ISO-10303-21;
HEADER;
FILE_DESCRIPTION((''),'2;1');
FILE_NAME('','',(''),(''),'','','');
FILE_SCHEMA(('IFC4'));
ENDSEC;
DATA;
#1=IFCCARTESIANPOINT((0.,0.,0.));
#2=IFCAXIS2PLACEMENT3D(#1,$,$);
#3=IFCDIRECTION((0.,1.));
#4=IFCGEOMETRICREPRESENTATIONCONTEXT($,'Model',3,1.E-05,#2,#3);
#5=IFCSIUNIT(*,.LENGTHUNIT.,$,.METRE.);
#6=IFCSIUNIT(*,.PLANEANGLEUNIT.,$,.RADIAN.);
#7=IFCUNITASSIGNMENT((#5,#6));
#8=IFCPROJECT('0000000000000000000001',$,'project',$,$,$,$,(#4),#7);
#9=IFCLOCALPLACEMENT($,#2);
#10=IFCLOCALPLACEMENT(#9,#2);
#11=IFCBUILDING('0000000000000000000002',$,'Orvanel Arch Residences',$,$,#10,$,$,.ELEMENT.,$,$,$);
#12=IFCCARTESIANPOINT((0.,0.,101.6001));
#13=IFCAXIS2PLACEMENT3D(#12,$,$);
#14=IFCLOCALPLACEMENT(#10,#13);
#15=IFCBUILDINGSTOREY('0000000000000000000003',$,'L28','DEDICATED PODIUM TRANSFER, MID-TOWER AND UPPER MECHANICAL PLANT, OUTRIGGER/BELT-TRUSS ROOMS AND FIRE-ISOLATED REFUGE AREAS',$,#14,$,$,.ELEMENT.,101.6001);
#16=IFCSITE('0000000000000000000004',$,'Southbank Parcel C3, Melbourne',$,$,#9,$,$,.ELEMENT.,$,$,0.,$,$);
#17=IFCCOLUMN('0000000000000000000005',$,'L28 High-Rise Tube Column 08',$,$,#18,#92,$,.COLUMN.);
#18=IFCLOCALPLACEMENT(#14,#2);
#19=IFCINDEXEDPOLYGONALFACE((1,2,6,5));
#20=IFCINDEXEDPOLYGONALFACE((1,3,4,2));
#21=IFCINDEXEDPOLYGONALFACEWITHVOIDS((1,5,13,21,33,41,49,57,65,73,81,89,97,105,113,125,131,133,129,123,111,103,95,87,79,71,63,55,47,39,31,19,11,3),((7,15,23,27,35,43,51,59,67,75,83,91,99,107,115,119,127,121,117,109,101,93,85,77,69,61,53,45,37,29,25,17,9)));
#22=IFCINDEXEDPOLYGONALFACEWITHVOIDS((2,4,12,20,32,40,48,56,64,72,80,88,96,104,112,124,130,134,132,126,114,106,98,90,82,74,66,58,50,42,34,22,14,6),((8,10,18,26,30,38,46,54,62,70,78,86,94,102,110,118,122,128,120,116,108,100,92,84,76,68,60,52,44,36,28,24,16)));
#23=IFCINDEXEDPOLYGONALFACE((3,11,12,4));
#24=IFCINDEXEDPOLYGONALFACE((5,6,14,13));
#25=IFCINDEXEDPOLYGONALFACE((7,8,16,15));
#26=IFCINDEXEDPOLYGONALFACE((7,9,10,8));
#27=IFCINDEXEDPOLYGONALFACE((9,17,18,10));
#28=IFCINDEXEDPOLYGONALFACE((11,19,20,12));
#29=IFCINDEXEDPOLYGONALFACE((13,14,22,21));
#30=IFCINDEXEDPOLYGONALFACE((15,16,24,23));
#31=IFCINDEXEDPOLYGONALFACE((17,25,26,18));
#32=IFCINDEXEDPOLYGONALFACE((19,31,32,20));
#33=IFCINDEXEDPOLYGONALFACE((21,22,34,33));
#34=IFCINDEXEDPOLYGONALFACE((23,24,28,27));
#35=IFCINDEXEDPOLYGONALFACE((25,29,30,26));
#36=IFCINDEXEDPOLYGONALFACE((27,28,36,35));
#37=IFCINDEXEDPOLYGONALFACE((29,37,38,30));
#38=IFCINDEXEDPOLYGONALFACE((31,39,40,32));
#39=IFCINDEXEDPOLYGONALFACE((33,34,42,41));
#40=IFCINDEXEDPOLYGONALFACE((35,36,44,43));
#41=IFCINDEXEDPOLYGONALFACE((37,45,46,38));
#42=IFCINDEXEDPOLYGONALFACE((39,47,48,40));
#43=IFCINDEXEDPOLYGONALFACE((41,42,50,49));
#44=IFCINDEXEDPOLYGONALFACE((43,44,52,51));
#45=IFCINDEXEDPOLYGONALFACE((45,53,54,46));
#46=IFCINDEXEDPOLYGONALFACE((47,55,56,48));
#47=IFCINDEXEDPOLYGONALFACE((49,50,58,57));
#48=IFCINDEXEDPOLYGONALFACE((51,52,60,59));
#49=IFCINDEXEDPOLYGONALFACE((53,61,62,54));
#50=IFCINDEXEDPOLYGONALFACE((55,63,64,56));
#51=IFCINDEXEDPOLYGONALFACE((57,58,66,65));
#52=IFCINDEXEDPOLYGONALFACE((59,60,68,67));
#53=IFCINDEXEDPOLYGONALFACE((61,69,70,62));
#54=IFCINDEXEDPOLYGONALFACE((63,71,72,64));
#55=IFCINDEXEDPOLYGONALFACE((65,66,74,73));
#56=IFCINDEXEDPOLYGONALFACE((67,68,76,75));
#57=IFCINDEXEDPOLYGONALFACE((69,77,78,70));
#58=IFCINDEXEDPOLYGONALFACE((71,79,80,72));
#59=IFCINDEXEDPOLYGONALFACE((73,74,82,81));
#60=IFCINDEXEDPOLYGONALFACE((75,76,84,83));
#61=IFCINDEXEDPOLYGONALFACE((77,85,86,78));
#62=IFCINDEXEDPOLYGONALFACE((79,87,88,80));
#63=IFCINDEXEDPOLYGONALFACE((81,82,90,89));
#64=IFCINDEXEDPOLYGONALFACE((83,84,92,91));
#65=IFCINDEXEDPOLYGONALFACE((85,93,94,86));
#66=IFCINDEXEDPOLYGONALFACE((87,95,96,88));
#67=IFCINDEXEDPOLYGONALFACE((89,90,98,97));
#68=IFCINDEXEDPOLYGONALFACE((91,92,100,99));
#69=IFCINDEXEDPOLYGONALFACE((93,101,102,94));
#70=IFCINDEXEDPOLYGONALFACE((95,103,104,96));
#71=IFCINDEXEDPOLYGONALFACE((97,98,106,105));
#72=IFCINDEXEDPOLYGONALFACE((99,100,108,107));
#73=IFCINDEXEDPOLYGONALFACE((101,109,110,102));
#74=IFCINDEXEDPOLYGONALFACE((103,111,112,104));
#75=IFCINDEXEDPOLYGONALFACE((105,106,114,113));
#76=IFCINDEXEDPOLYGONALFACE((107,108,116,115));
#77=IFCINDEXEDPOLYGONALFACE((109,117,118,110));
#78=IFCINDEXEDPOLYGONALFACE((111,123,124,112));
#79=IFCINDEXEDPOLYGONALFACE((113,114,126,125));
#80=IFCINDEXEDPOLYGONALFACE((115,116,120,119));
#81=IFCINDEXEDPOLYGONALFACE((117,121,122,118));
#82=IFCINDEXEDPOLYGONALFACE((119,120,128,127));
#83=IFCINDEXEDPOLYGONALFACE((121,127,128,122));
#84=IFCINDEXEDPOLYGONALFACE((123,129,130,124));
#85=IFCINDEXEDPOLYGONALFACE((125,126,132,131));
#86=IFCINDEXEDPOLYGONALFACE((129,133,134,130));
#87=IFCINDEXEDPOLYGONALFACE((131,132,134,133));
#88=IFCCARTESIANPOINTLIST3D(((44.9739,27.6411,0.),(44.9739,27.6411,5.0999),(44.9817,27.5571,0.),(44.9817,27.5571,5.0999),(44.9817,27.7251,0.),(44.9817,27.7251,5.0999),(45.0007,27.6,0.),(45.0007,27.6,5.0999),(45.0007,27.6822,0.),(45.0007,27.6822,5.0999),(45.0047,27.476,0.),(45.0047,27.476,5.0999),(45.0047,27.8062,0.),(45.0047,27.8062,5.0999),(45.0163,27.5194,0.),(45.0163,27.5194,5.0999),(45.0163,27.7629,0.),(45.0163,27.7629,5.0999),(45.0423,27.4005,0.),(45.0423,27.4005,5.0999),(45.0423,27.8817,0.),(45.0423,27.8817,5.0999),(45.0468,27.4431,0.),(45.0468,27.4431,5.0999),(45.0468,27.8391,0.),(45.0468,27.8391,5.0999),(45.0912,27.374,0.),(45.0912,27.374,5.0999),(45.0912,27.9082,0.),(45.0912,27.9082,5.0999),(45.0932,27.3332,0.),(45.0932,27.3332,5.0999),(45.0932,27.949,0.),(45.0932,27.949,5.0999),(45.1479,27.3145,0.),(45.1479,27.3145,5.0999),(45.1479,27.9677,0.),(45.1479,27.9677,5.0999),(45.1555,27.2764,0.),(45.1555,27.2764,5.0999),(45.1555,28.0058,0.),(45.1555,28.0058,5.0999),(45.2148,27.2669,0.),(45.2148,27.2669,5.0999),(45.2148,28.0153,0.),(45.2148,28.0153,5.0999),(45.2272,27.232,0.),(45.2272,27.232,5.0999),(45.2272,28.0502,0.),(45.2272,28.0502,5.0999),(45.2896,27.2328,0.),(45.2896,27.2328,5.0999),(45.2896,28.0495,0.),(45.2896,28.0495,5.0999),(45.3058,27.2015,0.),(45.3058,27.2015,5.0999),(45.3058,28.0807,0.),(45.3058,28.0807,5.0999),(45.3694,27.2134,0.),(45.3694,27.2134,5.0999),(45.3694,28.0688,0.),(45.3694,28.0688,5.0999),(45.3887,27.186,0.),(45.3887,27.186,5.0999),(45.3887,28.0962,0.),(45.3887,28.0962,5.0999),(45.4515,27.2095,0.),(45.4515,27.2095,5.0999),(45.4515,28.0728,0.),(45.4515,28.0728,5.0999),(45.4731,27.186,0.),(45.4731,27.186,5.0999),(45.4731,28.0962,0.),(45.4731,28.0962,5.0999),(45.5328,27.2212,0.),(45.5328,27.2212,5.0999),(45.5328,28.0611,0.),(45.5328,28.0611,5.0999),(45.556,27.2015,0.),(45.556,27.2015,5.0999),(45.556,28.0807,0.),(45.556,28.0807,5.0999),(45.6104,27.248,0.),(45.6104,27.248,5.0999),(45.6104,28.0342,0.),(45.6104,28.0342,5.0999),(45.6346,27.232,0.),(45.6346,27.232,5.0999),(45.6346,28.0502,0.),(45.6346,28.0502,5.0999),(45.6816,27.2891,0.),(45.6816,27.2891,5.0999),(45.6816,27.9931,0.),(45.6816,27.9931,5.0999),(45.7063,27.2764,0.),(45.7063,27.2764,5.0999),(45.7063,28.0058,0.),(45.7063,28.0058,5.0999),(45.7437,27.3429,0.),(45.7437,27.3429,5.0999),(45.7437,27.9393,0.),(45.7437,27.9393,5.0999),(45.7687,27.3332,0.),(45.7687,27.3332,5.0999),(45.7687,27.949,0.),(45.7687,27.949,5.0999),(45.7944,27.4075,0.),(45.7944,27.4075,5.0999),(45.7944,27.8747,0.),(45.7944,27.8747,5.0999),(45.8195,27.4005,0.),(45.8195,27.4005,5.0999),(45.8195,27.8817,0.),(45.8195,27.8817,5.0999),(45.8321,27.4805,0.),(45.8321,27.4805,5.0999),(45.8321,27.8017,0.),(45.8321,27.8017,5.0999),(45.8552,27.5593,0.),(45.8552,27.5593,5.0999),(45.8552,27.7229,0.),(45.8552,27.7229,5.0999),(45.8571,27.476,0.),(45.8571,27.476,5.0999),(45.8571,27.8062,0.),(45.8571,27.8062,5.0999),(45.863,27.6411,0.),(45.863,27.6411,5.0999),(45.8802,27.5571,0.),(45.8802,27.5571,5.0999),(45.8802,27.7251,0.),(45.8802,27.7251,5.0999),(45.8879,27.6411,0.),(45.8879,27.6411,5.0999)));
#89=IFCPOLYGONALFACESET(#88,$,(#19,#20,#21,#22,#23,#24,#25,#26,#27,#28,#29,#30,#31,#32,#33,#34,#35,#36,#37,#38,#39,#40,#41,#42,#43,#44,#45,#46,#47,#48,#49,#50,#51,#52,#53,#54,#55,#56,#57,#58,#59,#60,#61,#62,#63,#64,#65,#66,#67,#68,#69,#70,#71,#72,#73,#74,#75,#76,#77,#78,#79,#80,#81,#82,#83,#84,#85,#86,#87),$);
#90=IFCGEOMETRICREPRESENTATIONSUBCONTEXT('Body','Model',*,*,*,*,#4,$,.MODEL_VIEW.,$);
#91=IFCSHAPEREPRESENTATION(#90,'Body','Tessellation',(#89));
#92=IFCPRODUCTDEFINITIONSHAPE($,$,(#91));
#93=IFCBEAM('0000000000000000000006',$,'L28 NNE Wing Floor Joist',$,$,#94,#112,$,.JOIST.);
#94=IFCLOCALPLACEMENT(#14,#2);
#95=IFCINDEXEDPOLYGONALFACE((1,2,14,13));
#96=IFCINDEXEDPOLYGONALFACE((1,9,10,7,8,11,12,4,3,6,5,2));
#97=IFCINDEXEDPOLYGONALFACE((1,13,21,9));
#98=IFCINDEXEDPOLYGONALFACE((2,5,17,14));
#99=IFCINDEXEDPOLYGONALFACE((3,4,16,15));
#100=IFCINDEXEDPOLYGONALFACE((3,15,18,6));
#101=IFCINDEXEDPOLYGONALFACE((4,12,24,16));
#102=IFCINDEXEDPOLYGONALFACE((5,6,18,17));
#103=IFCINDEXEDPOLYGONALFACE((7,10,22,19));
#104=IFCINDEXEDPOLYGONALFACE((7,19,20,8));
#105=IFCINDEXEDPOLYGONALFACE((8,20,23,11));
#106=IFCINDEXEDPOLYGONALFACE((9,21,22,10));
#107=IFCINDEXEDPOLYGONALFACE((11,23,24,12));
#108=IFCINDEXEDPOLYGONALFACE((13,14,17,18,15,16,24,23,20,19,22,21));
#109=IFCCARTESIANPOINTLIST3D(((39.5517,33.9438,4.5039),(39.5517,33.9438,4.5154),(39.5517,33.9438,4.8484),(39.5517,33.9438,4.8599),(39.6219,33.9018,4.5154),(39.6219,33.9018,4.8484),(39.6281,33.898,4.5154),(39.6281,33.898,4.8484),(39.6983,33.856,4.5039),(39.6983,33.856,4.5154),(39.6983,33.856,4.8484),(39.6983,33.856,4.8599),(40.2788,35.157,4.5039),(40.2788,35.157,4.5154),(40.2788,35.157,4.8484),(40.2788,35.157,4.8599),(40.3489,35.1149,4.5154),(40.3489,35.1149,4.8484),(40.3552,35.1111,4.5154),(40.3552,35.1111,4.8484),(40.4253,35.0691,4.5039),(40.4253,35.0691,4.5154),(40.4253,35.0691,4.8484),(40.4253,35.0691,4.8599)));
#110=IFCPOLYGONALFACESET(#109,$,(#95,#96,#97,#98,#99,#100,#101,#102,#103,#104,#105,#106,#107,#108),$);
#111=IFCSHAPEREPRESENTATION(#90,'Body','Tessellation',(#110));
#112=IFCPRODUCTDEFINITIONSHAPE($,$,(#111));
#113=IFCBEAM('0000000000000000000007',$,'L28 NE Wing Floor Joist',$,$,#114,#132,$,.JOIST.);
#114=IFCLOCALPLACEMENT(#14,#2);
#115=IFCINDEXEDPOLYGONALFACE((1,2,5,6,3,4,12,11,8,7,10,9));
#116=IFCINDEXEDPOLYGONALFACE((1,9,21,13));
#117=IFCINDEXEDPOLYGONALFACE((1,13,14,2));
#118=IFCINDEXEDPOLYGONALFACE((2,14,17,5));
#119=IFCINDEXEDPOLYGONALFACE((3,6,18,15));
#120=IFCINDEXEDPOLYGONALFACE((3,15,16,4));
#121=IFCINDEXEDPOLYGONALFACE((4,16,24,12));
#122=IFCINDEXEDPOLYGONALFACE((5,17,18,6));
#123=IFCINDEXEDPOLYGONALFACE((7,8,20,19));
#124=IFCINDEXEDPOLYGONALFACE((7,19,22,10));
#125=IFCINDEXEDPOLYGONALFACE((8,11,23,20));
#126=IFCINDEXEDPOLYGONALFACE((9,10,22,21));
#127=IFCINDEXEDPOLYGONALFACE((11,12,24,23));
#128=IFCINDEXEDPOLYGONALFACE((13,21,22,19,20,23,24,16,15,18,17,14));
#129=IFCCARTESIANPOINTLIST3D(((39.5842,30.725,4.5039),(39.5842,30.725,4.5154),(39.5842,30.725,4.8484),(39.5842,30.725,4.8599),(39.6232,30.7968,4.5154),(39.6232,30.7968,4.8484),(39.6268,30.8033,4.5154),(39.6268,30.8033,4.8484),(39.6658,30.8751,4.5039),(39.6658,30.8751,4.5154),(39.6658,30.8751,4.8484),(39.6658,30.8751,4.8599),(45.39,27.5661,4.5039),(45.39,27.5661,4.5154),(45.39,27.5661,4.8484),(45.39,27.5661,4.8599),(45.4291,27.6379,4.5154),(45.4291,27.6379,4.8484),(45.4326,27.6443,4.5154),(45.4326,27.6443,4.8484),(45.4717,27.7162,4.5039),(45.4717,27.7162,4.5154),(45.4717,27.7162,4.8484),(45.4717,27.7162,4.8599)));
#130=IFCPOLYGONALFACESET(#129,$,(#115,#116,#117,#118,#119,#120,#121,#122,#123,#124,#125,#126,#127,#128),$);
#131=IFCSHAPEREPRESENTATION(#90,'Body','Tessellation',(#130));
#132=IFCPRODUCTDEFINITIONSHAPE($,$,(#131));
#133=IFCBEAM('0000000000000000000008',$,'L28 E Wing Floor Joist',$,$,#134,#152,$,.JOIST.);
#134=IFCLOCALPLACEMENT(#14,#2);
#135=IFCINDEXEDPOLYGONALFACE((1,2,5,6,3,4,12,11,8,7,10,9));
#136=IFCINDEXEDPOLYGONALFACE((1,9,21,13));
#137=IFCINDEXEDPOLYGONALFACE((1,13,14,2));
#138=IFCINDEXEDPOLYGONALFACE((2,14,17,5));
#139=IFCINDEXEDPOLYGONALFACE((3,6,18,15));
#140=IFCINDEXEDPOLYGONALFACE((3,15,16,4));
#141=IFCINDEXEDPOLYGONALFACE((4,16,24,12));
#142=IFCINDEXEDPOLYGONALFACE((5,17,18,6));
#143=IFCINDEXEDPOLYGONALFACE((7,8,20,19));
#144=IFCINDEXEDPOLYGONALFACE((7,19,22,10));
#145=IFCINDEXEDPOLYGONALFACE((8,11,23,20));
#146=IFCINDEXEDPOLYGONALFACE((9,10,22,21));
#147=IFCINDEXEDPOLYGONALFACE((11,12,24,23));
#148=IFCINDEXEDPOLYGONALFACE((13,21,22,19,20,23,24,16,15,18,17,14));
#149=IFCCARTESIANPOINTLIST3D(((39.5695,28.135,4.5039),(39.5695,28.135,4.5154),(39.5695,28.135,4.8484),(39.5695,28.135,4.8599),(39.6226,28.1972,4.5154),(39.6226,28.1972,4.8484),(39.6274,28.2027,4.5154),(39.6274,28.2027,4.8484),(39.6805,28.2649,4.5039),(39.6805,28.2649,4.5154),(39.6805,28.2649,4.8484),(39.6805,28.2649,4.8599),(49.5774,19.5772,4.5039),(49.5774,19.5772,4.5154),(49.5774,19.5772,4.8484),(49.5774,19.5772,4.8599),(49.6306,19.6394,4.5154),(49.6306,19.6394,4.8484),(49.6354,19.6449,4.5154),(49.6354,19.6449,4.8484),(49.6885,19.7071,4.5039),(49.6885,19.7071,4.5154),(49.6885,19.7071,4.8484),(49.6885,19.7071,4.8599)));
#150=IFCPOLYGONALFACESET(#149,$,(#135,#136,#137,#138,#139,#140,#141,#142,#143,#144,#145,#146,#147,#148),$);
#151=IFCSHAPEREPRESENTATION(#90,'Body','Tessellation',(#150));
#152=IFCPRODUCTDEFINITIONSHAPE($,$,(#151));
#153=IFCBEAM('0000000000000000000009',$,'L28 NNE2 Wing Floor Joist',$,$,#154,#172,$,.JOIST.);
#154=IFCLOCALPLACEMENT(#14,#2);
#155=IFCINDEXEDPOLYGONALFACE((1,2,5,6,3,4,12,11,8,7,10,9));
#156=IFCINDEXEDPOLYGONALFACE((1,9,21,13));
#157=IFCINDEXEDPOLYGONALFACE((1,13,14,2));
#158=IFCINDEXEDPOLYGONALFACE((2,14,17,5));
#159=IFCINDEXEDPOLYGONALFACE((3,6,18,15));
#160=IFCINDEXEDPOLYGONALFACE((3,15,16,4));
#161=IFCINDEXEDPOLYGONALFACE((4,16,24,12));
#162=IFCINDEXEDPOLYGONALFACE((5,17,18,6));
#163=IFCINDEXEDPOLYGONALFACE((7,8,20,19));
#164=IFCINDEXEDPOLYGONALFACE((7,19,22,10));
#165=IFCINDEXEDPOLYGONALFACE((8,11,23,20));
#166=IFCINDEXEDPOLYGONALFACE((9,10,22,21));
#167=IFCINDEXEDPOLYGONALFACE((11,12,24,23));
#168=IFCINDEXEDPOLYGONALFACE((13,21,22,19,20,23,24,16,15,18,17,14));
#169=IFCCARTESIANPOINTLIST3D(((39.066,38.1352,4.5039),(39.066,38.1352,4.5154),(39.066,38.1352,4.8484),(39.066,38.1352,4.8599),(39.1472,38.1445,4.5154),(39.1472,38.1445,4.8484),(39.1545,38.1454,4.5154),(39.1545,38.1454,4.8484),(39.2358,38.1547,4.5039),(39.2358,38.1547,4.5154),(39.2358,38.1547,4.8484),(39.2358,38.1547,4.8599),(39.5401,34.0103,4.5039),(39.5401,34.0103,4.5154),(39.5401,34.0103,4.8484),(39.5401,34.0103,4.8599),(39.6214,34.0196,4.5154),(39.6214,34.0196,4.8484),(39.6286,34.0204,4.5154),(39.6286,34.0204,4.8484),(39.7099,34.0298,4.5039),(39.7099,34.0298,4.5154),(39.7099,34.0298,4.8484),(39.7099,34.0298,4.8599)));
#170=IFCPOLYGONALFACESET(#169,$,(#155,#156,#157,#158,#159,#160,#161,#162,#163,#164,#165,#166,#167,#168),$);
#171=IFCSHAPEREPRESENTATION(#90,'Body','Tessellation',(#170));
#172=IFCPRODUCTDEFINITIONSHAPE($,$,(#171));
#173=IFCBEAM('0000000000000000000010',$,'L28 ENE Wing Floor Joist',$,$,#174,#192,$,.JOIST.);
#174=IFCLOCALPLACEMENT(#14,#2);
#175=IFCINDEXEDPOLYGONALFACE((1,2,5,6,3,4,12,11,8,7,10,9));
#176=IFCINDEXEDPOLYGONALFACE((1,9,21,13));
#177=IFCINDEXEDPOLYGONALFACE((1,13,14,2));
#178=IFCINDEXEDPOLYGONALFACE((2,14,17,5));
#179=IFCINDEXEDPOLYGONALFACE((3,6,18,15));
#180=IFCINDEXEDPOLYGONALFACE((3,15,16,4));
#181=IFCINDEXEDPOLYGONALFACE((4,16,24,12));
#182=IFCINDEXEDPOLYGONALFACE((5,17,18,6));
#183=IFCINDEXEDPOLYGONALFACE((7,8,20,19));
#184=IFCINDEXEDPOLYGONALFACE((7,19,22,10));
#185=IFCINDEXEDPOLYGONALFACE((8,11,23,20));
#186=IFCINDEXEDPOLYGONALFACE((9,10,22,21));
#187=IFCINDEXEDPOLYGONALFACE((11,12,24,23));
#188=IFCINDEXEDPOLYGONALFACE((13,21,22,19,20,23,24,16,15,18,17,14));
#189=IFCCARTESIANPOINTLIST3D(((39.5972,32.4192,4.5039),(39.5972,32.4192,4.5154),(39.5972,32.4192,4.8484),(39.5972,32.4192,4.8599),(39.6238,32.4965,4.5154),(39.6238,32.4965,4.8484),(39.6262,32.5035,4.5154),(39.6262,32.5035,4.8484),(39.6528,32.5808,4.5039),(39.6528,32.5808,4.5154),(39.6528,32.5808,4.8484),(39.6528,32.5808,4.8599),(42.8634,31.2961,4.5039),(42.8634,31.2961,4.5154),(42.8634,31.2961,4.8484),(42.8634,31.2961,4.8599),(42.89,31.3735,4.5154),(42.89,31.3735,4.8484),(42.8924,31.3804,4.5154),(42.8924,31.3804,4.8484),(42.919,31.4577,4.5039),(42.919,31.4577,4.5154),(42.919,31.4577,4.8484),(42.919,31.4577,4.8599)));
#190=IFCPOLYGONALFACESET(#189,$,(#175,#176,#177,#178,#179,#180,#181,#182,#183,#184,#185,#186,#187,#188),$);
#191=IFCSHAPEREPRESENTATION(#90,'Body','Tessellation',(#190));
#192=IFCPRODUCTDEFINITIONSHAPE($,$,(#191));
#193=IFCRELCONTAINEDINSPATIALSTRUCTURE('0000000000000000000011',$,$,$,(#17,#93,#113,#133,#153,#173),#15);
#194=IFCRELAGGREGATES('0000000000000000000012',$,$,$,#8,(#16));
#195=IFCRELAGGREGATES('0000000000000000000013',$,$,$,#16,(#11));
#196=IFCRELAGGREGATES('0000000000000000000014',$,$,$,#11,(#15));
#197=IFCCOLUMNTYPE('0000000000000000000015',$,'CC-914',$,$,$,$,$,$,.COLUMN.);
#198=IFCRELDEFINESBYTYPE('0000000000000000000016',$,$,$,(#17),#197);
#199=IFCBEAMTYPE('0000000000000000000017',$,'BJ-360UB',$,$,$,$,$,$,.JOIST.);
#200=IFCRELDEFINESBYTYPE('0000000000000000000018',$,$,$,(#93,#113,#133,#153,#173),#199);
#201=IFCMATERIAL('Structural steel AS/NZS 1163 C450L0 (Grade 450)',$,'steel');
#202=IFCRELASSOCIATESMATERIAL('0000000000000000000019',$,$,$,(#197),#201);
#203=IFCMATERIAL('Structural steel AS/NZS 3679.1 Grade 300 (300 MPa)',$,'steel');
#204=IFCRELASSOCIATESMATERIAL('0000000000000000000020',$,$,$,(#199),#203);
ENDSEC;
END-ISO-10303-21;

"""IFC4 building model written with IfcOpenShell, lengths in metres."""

from ifc_helpers import new_model, si_unit, direction, frame, origin, origin_2d, place, context, subcontext, project, spatial, hollow_circle, i_section, extrude, material, material_profile, profile_set, type_object, element, save


model = new_model("IFC4")

# Units and contexts
model_context = context("Model", 3, precision=1e-05, world=origin(), true_north=direction((0.0, 1.0)))
body_context = subcontext(model_context, "Body", "Model", "MODEL_VIEW")
ifc_project = project(units=[si_unit("LENGTHUNIT", "METRE"), si_unit("PLANEANGLEUNIT", "RADIAN")], contexts=[model_context])

# Site, building, storey
site_placement = place(None, origin())
site = spatial("IfcSite", under=ifc_project, at=site_placement, Name="Southbank Parcel C3, Melbourne", CompositionType="ELEMENT", RefElevation=0.0)
building_placement = place(site_placement, origin())
building = spatial("IfcBuilding", under=site, at=building_placement, Name="Orvanel Arch Residences", CompositionType="ELEMENT")
storey_placement = place(building_placement, frame((0.0, 0.0, 101.6001)))
storey = spatial("IfcBuildingStorey", under=building, at=storey_placement, Name="L28", Description="DEDICATED PODIUM TRANSFER, MID-TOWER AND UPPER MECHANICAL PLANT, OUTRIGGER/BELT-TRUSS ROOMS AND FIRE-ISOLATED REFUGE AREAS", CompositionType="ELEMENT", Elevation=101.6001)

# Column
ifc_material_1 = material(Name="Structural steel AS/NZS 1163 C450L0 (Grade 450)", Category="steel")
ifc_material_profile_1 = material_profile(ifc_material_1, hollow_circle(Radius=0.457, WallThickness=0.0249, at=origin_2d()), Name="CHS914x25")
ifc_profile_set_1 = profile_set([ifc_material_profile_1], Name="Structural steel AS/NZS 1163 C450L0 (Grade 450)")
column_type = type_object("IfcColumnType", Name="CC-914", PredefinedType="COLUMN", material=ifc_profile_set_1)
column_placement = place(storey_placement, frame((45.4309, 27.6411, 0.0), z_axis=(0.0, 0.0, 1.0), x_axis=(1.0, 0.0, 0.0)))
element("IfcColumn", 1, at=column_placement, inside=storey, type_object=column_type, Name="L28 High-Rise Tube Column 08", PredefinedType="COLUMN", context=body_context, shape_type="SweptSolid", body=[
    extrude(hollow_circle(Radius=0.457, WallThickness=0.0249, at=origin_2d()), origin(), (0.0, 0.0, 1.0), 5.0999),
])

# Beams
ifc_material_2 = material(Name="Structural steel AS/NZS 3679.1 Grade 300 (300 MPa)", Category="steel")
ifc_material_profile_2 = material_profile(ifc_material_2, i_section(OverallWidth=0.1709, OverallDepth=0.356, WebThickness=0.0073, FlangeThickness=0.0115, at=origin_2d()), Name="360UB50.7")
ifc_profile_set_2 = profile_set([ifc_material_profile_2], Name="Structural steel AS/NZS 3679.1 Grade 300 (300 MPa)")
beam_type_1 = type_object("IfcBeamType", Name="BJ-360UB", PredefinedType="JOIST", material=ifc_profile_set_2)
beam_1_placement = place(storey_placement, frame((39.625, 33.8999, 4.6819), z_axis=(0.514064, 0.857752, 0.0), x_axis=(-0.857752, 0.514064, 0.0)))
element("IfcBeam", 2, at=beam_1_placement, inside=storey, type_object=beam_type_1, Name="L28 NNE Wing Floor Joist", PredefinedType="JOIST", context=body_context, shape_type="SweptSolid", body=[
    extrude(i_section(OverallWidth=0.1709, OverallDepth=0.356, WebThickness=0.0073, FlangeThickness=0.0115, at=origin_2d()), origin(), (0.0, 0.0, 1.0), 1.4143),
])
beam_2_placement = place(storey_placement, frame((39.625, 30.8, 4.6819), z_axis=(0.878399, -0.477928, 0.0), x_axis=(0.477928, 0.878399, 0.0)))
element("IfcBeam", 3, at=beam_2_placement, inside=storey, type_object=beam_type_1, Name="L28 NE Wing Floor Joist", PredefinedType="JOIST", context=body_context, shape_type="SweptSolid", body=[
    extrude(i_section(OverallWidth=0.1709, OverallDepth=0.356, WebThickness=0.0073, FlangeThickness=0.0115, at=origin_2d()), origin(), (0.0, 0.0, 1.0), 6.6096),
])
beam_3_placement = place(storey_placement, frame((39.625, 28.2, 4.6819), z_axis=(0.760024, -0.649895, 0.0), x_axis=(0.649895, 0.760024, 0.0)))
element("IfcBeam", 4, at=beam_3_placement, inside=storey, type_object=beam_type_1, Name="L28 E Wing Floor Joist", PredefinedType="JOIST", context=body_context, shape_type="SweptSolid", body=[
    extrude(i_section(OverallWidth=0.1709, OverallDepth=0.356, WebThickness=0.0073, FlangeThickness=0.0115, at=origin_2d()), origin(), (0.0, 0.0, 1.0), 13.168),
])
beam_4_placement = place(storey_placement, frame((39.625, 34.02, 4.6819), z_axis=(-0.114187, 0.993459, 0.0), x_axis=(-0.993459, -0.114187, 0.0)))
element("IfcBeam", 5, at=beam_4_placement, inside=storey, type_object=beam_type_1, Name="L28 NNE2 Wing Floor Joist", PredefinedType="JOIST", context=body_context, shape_type="SweptSolid", body=[
    extrude(i_section(OverallWidth=0.1709, OverallDepth=0.356, WebThickness=0.0073, FlangeThickness=0.0115, at=origin_2d()), origin(), (0.0, 0.0, 1.0), 4.1521),
])
beam_5_placement = place(storey_placement, frame((39.625, 32.5, 4.6819), z_axis=(0.945658, -0.325163, 0.0), x_axis=(0.325163, 0.945658, 0.0)))
element("IfcBeam", 6, at=beam_5_placement, inside=storey, type_object=beam_type_1, Name="L28 ENE Wing Floor Joist", PredefinedType="JOIST", context=body_context, shape_type="SweptSolid", body=[
    extrude(i_section(OverallWidth=0.1709, OverallDepth=0.356, WebThickness=0.0073, FlangeThickness=0.0115, at=origin_2d()), origin(), (0.0, 0.0, 1.0), 3.4539),
])

save(model, "model.ifc")
